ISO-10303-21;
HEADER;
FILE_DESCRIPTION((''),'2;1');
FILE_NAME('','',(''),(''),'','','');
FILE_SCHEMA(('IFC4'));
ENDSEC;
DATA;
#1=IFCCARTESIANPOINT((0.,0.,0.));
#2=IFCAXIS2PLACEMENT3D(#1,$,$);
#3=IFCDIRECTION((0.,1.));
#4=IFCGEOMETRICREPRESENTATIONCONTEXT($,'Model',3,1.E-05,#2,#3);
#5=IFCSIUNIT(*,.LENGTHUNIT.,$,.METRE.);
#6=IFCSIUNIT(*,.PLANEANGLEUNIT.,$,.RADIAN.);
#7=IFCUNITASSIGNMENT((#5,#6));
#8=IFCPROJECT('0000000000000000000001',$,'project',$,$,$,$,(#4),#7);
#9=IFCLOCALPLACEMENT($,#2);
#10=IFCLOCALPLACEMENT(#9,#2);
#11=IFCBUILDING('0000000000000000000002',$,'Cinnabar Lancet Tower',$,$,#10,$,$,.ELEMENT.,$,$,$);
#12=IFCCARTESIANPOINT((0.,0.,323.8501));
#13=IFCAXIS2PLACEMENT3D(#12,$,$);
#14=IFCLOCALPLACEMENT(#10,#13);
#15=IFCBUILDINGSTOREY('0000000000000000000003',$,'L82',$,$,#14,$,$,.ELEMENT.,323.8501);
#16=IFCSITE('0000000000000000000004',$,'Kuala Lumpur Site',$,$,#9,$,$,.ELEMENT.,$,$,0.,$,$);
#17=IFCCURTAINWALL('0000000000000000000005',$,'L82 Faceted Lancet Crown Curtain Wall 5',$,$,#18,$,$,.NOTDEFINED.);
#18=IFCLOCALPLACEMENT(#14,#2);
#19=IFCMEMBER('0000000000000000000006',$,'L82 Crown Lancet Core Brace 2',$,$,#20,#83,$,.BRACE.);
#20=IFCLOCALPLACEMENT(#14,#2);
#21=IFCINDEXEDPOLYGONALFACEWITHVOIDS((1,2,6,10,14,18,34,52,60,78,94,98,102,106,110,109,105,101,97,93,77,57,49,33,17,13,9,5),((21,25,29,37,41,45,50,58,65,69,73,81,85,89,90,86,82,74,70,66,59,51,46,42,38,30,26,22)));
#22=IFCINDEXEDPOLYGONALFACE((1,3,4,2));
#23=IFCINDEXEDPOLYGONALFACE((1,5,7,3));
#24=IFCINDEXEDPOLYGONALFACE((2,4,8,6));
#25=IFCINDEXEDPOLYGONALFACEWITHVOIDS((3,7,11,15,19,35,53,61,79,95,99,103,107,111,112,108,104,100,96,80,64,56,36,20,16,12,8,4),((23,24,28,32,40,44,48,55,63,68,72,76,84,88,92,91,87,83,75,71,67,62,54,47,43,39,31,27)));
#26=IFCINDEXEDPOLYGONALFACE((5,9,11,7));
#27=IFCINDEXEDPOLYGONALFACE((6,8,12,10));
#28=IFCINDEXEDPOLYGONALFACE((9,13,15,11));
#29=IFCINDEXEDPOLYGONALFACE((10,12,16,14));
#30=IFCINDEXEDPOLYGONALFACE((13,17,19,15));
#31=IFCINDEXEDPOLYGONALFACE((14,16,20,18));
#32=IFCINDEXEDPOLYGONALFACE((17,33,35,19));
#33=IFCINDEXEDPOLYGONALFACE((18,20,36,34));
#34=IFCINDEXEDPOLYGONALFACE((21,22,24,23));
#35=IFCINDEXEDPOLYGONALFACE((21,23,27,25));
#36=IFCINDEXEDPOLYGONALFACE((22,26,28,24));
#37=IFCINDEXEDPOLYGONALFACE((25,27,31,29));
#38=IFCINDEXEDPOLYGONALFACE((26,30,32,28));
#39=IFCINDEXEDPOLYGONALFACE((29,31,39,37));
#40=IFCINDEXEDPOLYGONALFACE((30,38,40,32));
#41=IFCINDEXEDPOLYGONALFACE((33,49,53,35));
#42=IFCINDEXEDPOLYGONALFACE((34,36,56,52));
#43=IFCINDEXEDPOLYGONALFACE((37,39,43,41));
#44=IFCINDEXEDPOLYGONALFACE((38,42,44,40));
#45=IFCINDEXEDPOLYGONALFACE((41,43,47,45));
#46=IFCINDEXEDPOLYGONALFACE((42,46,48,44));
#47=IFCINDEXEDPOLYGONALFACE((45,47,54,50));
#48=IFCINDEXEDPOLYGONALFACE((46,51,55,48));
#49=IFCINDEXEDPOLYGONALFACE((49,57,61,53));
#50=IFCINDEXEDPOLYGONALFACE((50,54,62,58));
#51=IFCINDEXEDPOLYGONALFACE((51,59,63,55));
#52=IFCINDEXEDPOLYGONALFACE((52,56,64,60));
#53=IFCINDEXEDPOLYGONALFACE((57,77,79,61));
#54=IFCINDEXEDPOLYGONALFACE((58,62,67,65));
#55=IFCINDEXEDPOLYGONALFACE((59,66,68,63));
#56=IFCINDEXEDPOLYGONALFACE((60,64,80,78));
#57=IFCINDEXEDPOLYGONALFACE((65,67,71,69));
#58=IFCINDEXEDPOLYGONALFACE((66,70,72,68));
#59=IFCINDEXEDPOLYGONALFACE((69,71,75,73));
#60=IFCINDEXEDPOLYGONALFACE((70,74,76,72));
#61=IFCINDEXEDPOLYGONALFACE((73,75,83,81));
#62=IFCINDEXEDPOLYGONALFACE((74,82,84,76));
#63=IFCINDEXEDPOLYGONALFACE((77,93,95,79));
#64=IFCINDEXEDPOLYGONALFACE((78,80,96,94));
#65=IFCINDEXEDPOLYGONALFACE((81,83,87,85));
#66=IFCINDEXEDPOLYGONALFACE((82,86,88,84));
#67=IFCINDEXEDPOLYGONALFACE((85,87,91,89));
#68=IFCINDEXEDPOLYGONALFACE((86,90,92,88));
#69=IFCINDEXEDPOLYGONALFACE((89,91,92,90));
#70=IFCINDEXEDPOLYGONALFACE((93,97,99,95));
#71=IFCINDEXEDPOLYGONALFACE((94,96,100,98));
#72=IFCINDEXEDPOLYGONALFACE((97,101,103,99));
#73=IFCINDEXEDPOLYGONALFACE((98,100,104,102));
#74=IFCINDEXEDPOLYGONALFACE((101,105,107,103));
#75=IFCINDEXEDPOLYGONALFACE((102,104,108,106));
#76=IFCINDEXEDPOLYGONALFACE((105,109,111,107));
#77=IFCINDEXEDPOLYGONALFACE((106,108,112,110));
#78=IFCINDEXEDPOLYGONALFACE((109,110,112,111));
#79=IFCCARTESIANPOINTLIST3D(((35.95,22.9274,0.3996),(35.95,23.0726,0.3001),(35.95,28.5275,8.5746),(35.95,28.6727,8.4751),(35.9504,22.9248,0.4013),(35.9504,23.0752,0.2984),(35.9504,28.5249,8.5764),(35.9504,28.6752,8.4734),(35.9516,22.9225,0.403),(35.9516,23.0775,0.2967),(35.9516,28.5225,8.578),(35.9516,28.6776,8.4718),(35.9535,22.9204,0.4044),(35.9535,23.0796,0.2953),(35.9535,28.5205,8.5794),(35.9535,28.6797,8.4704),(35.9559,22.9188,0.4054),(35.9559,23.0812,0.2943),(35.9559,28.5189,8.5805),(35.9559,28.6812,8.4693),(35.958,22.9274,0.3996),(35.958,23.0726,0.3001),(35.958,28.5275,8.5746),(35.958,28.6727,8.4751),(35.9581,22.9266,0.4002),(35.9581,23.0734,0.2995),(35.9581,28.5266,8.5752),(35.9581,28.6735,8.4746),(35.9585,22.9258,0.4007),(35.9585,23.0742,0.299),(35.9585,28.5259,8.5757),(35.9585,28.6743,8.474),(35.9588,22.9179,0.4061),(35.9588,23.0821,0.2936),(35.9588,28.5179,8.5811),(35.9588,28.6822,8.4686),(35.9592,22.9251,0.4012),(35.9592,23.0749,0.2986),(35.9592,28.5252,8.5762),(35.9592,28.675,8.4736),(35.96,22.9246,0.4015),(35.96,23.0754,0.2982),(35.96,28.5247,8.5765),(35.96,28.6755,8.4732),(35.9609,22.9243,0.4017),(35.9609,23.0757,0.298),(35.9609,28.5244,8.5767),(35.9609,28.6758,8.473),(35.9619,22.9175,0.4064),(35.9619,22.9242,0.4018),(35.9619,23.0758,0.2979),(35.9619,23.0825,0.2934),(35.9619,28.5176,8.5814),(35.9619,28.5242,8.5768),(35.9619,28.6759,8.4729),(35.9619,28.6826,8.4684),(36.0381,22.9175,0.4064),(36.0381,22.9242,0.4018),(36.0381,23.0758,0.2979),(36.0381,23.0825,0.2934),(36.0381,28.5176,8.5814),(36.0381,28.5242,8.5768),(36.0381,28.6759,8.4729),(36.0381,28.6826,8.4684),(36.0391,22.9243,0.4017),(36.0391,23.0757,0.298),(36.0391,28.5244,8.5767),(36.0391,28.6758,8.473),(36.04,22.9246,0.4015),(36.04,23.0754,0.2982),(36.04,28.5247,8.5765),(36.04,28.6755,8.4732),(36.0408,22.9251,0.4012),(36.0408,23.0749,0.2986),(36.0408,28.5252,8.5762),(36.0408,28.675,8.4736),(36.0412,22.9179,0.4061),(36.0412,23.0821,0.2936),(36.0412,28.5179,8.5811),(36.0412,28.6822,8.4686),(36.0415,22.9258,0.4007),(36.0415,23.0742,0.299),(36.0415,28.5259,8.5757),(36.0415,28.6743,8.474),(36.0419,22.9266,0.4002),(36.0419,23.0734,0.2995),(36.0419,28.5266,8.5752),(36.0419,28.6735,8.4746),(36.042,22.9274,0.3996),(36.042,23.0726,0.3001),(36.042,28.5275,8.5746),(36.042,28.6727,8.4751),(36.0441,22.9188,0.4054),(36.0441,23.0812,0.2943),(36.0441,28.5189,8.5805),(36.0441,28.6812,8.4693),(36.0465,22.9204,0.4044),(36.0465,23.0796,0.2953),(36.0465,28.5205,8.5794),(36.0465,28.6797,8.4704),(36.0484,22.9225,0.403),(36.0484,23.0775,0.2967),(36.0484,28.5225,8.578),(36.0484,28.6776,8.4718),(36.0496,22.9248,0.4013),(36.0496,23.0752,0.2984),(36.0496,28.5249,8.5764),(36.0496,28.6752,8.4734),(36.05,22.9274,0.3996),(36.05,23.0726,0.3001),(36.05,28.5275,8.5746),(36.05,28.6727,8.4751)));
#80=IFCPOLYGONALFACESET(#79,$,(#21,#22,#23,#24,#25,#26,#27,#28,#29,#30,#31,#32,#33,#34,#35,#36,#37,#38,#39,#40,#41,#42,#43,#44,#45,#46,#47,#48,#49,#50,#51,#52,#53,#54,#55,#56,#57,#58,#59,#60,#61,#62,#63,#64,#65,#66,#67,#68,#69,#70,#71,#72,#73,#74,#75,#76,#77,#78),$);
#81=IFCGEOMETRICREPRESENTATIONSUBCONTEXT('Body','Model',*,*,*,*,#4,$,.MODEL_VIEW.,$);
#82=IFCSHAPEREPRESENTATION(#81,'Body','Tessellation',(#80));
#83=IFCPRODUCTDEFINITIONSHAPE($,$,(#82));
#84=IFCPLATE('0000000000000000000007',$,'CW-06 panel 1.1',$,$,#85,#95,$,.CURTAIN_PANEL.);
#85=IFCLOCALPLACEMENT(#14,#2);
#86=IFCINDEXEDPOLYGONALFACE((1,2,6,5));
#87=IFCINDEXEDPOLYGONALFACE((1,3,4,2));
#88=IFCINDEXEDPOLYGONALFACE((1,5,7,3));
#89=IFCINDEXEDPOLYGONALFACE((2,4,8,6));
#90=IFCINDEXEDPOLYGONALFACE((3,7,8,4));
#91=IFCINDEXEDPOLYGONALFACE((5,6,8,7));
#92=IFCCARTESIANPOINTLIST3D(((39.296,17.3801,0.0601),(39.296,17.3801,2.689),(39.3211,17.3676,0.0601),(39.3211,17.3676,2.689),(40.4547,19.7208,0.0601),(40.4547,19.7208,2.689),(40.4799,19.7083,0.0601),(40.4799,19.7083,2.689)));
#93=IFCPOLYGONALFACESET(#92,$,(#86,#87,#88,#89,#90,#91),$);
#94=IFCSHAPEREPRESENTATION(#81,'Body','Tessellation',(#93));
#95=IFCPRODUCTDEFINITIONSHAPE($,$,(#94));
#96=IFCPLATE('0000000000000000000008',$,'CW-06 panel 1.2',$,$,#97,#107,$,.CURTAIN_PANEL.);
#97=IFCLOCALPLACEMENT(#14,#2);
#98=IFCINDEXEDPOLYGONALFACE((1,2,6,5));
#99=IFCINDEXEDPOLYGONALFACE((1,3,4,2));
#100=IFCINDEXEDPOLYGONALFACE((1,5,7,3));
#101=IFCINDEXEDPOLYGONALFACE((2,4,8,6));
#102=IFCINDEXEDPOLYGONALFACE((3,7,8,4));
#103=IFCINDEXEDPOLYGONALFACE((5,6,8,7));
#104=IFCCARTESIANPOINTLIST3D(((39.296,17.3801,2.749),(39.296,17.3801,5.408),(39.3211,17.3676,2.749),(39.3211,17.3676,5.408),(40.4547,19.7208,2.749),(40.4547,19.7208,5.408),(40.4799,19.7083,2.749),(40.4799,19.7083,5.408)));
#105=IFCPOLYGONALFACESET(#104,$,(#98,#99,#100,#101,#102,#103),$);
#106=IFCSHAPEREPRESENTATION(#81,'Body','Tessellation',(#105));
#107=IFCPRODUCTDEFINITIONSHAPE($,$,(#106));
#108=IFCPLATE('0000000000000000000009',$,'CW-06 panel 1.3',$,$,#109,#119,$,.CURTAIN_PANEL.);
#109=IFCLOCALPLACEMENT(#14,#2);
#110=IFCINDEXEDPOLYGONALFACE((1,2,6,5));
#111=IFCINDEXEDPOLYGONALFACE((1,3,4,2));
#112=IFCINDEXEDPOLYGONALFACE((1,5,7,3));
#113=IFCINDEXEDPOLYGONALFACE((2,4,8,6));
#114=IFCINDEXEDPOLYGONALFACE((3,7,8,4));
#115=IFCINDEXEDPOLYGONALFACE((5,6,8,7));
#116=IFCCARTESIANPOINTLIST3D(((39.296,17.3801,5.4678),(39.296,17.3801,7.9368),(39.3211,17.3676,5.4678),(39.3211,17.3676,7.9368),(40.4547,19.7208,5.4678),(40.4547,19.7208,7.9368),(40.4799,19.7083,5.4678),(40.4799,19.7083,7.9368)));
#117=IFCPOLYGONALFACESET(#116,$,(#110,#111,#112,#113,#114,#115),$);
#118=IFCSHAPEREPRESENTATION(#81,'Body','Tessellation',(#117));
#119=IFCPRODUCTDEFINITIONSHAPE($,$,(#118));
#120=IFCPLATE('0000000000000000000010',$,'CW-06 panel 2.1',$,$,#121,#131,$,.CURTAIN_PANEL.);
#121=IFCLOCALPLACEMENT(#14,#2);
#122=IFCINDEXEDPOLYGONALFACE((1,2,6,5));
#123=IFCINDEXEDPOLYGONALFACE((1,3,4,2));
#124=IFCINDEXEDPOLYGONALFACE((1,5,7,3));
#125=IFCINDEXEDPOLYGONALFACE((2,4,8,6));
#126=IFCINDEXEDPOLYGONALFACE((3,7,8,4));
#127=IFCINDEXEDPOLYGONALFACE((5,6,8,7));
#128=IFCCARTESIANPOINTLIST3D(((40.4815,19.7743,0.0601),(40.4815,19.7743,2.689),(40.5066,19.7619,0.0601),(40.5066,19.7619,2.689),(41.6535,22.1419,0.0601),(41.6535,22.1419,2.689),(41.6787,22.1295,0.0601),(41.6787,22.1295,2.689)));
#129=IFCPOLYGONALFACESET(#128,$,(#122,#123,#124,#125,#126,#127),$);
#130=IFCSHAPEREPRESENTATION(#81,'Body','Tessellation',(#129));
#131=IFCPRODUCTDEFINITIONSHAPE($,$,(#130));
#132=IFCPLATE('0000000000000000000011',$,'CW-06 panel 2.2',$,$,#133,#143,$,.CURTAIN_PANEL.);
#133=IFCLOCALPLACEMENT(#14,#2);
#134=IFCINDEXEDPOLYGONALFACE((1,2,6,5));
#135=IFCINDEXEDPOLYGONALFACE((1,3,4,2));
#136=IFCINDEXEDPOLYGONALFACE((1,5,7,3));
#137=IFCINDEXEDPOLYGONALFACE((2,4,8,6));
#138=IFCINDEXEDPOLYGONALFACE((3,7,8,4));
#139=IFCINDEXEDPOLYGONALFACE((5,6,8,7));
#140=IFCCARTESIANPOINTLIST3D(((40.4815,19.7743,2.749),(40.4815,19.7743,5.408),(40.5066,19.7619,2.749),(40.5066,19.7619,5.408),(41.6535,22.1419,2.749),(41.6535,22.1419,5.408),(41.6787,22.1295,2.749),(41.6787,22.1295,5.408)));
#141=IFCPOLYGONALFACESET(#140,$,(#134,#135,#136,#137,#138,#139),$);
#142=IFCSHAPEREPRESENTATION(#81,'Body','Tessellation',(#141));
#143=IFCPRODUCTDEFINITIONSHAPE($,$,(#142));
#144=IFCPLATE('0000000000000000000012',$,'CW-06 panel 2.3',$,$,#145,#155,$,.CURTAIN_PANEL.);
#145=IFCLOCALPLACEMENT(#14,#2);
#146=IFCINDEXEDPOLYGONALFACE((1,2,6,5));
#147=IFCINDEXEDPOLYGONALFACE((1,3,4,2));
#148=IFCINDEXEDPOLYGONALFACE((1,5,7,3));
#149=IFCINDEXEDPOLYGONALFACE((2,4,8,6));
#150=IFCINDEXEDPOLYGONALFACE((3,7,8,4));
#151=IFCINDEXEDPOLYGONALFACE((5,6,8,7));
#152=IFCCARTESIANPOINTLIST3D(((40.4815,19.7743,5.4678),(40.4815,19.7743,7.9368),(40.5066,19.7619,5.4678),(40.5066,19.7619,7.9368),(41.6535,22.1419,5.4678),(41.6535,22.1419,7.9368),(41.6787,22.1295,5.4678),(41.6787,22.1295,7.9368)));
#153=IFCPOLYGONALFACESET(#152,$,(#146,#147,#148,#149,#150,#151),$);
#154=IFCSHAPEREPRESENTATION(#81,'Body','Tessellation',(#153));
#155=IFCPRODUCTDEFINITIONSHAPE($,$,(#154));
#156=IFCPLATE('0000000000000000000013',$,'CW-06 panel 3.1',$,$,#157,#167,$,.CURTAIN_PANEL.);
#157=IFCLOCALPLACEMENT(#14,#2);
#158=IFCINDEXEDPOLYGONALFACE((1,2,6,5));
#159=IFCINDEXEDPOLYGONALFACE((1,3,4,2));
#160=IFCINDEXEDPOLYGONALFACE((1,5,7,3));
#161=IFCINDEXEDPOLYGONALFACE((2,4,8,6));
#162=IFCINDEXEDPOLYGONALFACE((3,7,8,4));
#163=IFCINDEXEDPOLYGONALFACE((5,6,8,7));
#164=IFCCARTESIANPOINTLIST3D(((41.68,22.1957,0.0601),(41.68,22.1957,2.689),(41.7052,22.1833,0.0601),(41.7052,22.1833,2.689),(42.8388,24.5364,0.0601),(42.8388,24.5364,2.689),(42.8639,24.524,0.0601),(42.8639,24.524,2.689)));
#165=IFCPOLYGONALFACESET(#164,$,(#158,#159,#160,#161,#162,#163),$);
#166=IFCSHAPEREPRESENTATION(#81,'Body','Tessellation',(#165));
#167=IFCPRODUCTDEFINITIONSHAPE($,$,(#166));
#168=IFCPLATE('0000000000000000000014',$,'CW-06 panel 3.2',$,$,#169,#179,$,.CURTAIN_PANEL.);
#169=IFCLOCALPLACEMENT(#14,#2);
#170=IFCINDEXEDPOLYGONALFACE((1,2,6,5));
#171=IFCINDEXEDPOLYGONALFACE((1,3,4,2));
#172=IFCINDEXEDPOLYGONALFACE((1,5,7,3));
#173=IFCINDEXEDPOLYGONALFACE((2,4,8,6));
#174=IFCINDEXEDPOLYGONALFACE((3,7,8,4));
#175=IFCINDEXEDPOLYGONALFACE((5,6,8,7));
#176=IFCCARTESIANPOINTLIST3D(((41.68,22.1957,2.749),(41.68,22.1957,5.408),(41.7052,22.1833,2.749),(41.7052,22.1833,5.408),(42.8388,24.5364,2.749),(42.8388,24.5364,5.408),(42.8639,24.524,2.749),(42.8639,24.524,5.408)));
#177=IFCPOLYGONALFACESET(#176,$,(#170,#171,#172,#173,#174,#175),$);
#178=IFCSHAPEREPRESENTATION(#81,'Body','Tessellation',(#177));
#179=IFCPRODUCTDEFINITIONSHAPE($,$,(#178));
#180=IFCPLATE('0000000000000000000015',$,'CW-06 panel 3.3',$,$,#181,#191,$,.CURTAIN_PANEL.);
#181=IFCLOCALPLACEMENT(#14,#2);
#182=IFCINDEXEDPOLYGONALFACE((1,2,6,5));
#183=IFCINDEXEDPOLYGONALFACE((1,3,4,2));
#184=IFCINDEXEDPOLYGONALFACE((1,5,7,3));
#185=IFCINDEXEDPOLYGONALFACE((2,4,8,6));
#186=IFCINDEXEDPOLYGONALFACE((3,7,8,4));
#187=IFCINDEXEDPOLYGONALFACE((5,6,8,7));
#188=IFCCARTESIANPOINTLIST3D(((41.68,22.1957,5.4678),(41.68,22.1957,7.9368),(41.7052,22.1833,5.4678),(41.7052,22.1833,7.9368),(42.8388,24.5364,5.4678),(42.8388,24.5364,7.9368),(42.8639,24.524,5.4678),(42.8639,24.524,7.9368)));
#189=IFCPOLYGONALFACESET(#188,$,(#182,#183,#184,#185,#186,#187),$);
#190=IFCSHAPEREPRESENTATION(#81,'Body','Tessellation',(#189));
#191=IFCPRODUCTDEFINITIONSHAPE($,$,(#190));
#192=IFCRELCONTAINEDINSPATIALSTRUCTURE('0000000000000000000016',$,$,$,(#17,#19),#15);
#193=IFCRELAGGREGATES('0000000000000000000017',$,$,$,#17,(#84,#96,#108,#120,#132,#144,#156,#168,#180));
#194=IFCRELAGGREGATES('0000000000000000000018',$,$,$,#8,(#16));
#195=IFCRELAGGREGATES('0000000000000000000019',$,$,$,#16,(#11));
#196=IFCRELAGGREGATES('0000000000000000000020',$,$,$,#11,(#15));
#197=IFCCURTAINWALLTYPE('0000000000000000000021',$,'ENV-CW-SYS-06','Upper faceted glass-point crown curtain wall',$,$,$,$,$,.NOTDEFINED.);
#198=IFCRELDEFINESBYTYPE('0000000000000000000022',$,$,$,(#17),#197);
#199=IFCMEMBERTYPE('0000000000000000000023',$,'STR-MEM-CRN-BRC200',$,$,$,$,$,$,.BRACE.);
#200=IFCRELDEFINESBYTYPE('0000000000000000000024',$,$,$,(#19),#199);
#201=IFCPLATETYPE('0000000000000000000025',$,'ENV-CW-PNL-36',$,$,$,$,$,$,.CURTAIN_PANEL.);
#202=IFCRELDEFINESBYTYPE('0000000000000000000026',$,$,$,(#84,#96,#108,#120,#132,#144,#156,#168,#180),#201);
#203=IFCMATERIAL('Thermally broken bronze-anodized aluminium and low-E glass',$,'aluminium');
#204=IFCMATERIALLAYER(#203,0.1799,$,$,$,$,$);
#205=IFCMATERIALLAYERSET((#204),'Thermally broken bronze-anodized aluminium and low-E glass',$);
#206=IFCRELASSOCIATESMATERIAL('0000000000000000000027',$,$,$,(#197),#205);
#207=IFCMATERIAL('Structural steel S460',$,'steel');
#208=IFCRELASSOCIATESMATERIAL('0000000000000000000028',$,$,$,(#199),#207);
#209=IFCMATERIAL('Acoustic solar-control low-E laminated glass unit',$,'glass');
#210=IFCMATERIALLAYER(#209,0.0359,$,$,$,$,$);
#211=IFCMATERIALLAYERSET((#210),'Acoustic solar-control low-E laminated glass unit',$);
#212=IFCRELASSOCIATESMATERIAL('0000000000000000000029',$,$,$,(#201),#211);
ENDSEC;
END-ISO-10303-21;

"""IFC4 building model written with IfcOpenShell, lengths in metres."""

from ifc_helpers import new_model, si_unit, direction, frame, origin, origin_2d, place, context, subcontext, project, spatial, rectangle, hollow_rectangle, extrude, material, layer, layer_set, material_profile, profile_set, type_object, element, aggregate, save


model = new_model("IFC4")

# Units and contexts
model_context = context("Model", 3, precision=1e-05, world=origin(), true_north=direction((0.0, 1.0)))
body_context = subcontext(model_context, "Body", "Model", "MODEL_VIEW")
ifc_project = project(units=[si_unit("LENGTHUNIT", "METRE"), si_unit("PLANEANGLEUNIT", "RADIAN")], contexts=[model_context])

# Site, building, storey
site_placement = place(None, origin())
site = spatial("IfcSite", under=ifc_project, at=site_placement, Name="Kuala Lumpur Site", CompositionType="ELEMENT", RefElevation=0.0)
building_placement = place(site_placement, origin())
building = spatial("IfcBuilding", under=site, at=building_placement, Name="Cinnabar Lancet Tower", CompositionType="ELEMENT")
storey_placement = place(building_placement, frame((0.0, 0.0, 323.8501)))
storey = spatial("IfcBuildingStorey", under=building, at=storey_placement, Name="L82", CompositionType="ELEMENT", Elevation=323.8501)

# Curtain wall
ifc_material_1 = material(Name="Thermally broken bronze-anodized aluminium and low-E glass", Category="aluminium")
ifc_layer_1 = layer(ifc_material_1, 0.1799)
ifc_layer_set_1 = layer_set([ifc_layer_1], Name="Thermally broken bronze-anodized aluminium and low-E glass")
curtain_wall_type = type_object("IfcCurtainWallType", Name="ENV-CW-SYS-06", Description="Upper faceted glass-point crown curtain wall", PredefinedType="NOTDEFINED", material=ifc_layer_set_1)
curtain_wall_placement = place(storey_placement, origin())
curtain_wall = element("IfcCurtainWall", 1, at=curtain_wall_placement, inside=storey, type_object=curtain_wall_type, Name="L82 Faceted Lancet Crown Curtain Wall 5", PredefinedType="NOTDEFINED")

# Member
ifc_material_2 = material(Name="Structural steel S460", Category="steel")
ifc_material_profile_1 = material_profile(ifc_material_2, hollow_rectangle(XDim=0.1001, YDim=0.2, WallThickness=0.0081, InnerFilletRadius=0.0039, OuterFilletRadius=0.012, at=origin_2d()), Name="RHS 200x100x8")
ifc_profile_set_1 = profile_set([ifc_material_profile_1], Name="Structural steel S460")
member_type_1 = type_object("IfcMemberType", Name="STR-MEM-CRN-BRC200", PredefinedType="BRACE", material=ifc_profile_set_1)
member_1_placement = place(storey_placement, frame((36.0, 23.0, 0.3499), z_axis=(0.0, 0.56514, 0.824995), x_axis=(-1.0, 0.0, 0.0)))
element("IfcMember", 2, at=member_1_placement, inside=storey, type_object=member_type_1, Name="L82 Crown Lancet Core Brace 2", PredefinedType="BRACE", context=body_context, shape_type="SweptSolid", body=[
    extrude(hollow_rectangle(XDim=0.1001, YDim=0.2, WallThickness=0.0081, InnerFilletRadius=0.0039, OuterFilletRadius=0.012, at=origin_2d()), origin(), (0.0, 0.0, 1.0), 9.9092),
])

# Plates
ifc_material_3 = material(Name="Acoustic solar-control low-E laminated glass unit", Category="glass")
ifc_layer_2 = layer(ifc_material_3, 0.0359)
ifc_layer_set_2 = layer_set([ifc_layer_2], Name="Acoustic solar-control low-E laminated glass unit")
plate_type_1 = type_object("IfcPlateType", Name="ENV-CW-PNL-36", PredefinedType="CURTAIN_PANEL", material=ifc_layer_set_2)
plate_1_placement = place(storey_placement, frame((39.8879, 18.5442, 0.0601), z_axis=(0.0, 0.0, 1.0), x_axis=(0.443657, 0.896197, 0.0)))
plate_1 = element("IfcPlate", 3, at=plate_1_placement, type_object=plate_type_1, Name="CW-06 panel 1.1", PredefinedType="CURTAIN_PANEL", context=body_context, shape_type="SweptSolid", body=[
    extrude(rectangle(XDim=2.6118, YDim=0.0281, at=origin_2d()), origin(), (0.0, 0.0, 1.0), 2.6289),
])
plate_2_placement = place(storey_placement, frame((39.8879, 18.5442, 2.749), z_axis=(0.0, 0.0, 1.0), x_axis=(0.443657, 0.896197, 0.0)))
plate_2 = element("IfcPlate", 4, at=plate_2_placement, type_object=plate_type_1, Name="CW-06 panel 1.2", PredefinedType="CURTAIN_PANEL", context=body_context, shape_type="SweptSolid", body=[
    extrude(rectangle(XDim=2.6118, YDim=0.0281, at=origin_2d()), origin(), (0.0, 0.0, 1.0), 2.6589),
])
plate_3_placement = place(storey_placement, frame((39.8879, 18.5442, 5.4678), z_axis=(0.0, 0.0, 1.0), x_axis=(0.443657, 0.896197, 0.0)))
plate_3 = element("IfcPlate", 5, at=plate_3_placement, type_object=plate_type_1, Name="CW-06 panel 1.3", PredefinedType="CURTAIN_PANEL", context=body_context, shape_type="SweptSolid", body=[
    extrude(rectangle(XDim=2.6118, YDim=0.0281, at=origin_2d()), origin(), (0.0, 0.0, 1.0), 2.469),
])
plate_4_placement = place(storey_placement, frame((41.0801, 20.9519, 0.0601), z_axis=(0.0, 0.0, 1.0), x_axis=(0.443657, 0.896197, 0.0)))
plate_4 = element("IfcPlate", 6, at=plate_4_placement, type_object=plate_type_1, Name="CW-06 panel 2.1", PredefinedType="CURTAIN_PANEL", context=body_context, shape_type="SweptSolid", body=[
    extrude(rectangle(XDim=2.6418, YDim=0.0281, at=origin_2d()), origin(), (0.0, 0.0, 1.0), 2.6289),
])
plate_5_placement = place(storey_placement, frame((41.0801, 20.9519, 2.749), z_axis=(0.0, 0.0, 1.0), x_axis=(0.443657, 0.896197, 0.0)))
plate_5 = element("IfcPlate", 7, at=plate_5_placement, type_object=plate_type_1, Name="CW-06 panel 2.2", PredefinedType="CURTAIN_PANEL", context=body_context, shape_type="SweptSolid", body=[
    extrude(rectangle(XDim=2.6418, YDim=0.0281, at=origin_2d()), origin(), (0.0, 0.0, 1.0), 2.6589),
])
plate_6_placement = place(storey_placement, frame((41.0801, 20.9519, 5.4678), z_axis=(0.0, 0.0, 1.0), x_axis=(0.443657, 0.896197, 0.0)))
plate_6 = element("IfcPlate", 8, at=plate_6_placement, type_object=plate_type_1, Name="CW-06 panel 2.3", PredefinedType="CURTAIN_PANEL", context=body_context, shape_type="SweptSolid", body=[
    extrude(rectangle(XDim=2.6418, YDim=0.0281, at=origin_2d()), origin(), (0.0, 0.0, 1.0), 2.469),
])
plate_7_placement = place(storey_placement, frame((42.272, 23.3599, 0.0601), z_axis=(0.0, 0.0, 1.0), x_axis=(0.443657, 0.896197, 0.0)))
plate_7 = element("IfcPlate", 9, at=plate_7_placement, type_object=plate_type_1, Name="CW-06 panel 3.1", PredefinedType="CURTAIN_PANEL", context=body_context, shape_type="SweptSolid", body=[
    extrude(rectangle(XDim=2.6118, YDim=0.0281, at=origin_2d()), origin(), (0.0, 0.0, 1.0), 2.6289),
])
plate_8_placement = place(storey_placement, frame((42.272, 23.3599, 2.749), z_axis=(0.0, 0.0, 1.0), x_axis=(0.443657, 0.896197, 0.0)))
plate_8 = element("IfcPlate", 10, at=plate_8_placement, type_object=plate_type_1, Name="CW-06 panel 3.2", PredefinedType="CURTAIN_PANEL", context=body_context, shape_type="SweptSolid", body=[
    extrude(rectangle(XDim=2.6118, YDim=0.0281, at=origin_2d()), origin(), (0.0, 0.0, 1.0), 2.6589),
])
plate_9_placement = place(storey_placement, frame((42.272, 23.3599, 5.4678), z_axis=(0.0, 0.0, 1.0), x_axis=(0.443657, 0.896197, 0.0)))
plate_9 = element("IfcPlate", 11, at=plate_9_placement, type_object=plate_type_1, Name="CW-06 panel 3.3", PredefinedType="CURTAIN_PANEL", context=body_context, shape_type="SweptSolid", body=[
    extrude(rectangle(XDim=2.6118, YDim=0.0281, at=origin_2d()), origin(), (0.0, 0.0, 1.0), 2.469),
])
aggregate(curtain_wall, [plate_1, plate_2, plate_3, plate_4, plate_5, plate_6, plate_7, plate_8, plate_9])

save(model, "model.ifc")
